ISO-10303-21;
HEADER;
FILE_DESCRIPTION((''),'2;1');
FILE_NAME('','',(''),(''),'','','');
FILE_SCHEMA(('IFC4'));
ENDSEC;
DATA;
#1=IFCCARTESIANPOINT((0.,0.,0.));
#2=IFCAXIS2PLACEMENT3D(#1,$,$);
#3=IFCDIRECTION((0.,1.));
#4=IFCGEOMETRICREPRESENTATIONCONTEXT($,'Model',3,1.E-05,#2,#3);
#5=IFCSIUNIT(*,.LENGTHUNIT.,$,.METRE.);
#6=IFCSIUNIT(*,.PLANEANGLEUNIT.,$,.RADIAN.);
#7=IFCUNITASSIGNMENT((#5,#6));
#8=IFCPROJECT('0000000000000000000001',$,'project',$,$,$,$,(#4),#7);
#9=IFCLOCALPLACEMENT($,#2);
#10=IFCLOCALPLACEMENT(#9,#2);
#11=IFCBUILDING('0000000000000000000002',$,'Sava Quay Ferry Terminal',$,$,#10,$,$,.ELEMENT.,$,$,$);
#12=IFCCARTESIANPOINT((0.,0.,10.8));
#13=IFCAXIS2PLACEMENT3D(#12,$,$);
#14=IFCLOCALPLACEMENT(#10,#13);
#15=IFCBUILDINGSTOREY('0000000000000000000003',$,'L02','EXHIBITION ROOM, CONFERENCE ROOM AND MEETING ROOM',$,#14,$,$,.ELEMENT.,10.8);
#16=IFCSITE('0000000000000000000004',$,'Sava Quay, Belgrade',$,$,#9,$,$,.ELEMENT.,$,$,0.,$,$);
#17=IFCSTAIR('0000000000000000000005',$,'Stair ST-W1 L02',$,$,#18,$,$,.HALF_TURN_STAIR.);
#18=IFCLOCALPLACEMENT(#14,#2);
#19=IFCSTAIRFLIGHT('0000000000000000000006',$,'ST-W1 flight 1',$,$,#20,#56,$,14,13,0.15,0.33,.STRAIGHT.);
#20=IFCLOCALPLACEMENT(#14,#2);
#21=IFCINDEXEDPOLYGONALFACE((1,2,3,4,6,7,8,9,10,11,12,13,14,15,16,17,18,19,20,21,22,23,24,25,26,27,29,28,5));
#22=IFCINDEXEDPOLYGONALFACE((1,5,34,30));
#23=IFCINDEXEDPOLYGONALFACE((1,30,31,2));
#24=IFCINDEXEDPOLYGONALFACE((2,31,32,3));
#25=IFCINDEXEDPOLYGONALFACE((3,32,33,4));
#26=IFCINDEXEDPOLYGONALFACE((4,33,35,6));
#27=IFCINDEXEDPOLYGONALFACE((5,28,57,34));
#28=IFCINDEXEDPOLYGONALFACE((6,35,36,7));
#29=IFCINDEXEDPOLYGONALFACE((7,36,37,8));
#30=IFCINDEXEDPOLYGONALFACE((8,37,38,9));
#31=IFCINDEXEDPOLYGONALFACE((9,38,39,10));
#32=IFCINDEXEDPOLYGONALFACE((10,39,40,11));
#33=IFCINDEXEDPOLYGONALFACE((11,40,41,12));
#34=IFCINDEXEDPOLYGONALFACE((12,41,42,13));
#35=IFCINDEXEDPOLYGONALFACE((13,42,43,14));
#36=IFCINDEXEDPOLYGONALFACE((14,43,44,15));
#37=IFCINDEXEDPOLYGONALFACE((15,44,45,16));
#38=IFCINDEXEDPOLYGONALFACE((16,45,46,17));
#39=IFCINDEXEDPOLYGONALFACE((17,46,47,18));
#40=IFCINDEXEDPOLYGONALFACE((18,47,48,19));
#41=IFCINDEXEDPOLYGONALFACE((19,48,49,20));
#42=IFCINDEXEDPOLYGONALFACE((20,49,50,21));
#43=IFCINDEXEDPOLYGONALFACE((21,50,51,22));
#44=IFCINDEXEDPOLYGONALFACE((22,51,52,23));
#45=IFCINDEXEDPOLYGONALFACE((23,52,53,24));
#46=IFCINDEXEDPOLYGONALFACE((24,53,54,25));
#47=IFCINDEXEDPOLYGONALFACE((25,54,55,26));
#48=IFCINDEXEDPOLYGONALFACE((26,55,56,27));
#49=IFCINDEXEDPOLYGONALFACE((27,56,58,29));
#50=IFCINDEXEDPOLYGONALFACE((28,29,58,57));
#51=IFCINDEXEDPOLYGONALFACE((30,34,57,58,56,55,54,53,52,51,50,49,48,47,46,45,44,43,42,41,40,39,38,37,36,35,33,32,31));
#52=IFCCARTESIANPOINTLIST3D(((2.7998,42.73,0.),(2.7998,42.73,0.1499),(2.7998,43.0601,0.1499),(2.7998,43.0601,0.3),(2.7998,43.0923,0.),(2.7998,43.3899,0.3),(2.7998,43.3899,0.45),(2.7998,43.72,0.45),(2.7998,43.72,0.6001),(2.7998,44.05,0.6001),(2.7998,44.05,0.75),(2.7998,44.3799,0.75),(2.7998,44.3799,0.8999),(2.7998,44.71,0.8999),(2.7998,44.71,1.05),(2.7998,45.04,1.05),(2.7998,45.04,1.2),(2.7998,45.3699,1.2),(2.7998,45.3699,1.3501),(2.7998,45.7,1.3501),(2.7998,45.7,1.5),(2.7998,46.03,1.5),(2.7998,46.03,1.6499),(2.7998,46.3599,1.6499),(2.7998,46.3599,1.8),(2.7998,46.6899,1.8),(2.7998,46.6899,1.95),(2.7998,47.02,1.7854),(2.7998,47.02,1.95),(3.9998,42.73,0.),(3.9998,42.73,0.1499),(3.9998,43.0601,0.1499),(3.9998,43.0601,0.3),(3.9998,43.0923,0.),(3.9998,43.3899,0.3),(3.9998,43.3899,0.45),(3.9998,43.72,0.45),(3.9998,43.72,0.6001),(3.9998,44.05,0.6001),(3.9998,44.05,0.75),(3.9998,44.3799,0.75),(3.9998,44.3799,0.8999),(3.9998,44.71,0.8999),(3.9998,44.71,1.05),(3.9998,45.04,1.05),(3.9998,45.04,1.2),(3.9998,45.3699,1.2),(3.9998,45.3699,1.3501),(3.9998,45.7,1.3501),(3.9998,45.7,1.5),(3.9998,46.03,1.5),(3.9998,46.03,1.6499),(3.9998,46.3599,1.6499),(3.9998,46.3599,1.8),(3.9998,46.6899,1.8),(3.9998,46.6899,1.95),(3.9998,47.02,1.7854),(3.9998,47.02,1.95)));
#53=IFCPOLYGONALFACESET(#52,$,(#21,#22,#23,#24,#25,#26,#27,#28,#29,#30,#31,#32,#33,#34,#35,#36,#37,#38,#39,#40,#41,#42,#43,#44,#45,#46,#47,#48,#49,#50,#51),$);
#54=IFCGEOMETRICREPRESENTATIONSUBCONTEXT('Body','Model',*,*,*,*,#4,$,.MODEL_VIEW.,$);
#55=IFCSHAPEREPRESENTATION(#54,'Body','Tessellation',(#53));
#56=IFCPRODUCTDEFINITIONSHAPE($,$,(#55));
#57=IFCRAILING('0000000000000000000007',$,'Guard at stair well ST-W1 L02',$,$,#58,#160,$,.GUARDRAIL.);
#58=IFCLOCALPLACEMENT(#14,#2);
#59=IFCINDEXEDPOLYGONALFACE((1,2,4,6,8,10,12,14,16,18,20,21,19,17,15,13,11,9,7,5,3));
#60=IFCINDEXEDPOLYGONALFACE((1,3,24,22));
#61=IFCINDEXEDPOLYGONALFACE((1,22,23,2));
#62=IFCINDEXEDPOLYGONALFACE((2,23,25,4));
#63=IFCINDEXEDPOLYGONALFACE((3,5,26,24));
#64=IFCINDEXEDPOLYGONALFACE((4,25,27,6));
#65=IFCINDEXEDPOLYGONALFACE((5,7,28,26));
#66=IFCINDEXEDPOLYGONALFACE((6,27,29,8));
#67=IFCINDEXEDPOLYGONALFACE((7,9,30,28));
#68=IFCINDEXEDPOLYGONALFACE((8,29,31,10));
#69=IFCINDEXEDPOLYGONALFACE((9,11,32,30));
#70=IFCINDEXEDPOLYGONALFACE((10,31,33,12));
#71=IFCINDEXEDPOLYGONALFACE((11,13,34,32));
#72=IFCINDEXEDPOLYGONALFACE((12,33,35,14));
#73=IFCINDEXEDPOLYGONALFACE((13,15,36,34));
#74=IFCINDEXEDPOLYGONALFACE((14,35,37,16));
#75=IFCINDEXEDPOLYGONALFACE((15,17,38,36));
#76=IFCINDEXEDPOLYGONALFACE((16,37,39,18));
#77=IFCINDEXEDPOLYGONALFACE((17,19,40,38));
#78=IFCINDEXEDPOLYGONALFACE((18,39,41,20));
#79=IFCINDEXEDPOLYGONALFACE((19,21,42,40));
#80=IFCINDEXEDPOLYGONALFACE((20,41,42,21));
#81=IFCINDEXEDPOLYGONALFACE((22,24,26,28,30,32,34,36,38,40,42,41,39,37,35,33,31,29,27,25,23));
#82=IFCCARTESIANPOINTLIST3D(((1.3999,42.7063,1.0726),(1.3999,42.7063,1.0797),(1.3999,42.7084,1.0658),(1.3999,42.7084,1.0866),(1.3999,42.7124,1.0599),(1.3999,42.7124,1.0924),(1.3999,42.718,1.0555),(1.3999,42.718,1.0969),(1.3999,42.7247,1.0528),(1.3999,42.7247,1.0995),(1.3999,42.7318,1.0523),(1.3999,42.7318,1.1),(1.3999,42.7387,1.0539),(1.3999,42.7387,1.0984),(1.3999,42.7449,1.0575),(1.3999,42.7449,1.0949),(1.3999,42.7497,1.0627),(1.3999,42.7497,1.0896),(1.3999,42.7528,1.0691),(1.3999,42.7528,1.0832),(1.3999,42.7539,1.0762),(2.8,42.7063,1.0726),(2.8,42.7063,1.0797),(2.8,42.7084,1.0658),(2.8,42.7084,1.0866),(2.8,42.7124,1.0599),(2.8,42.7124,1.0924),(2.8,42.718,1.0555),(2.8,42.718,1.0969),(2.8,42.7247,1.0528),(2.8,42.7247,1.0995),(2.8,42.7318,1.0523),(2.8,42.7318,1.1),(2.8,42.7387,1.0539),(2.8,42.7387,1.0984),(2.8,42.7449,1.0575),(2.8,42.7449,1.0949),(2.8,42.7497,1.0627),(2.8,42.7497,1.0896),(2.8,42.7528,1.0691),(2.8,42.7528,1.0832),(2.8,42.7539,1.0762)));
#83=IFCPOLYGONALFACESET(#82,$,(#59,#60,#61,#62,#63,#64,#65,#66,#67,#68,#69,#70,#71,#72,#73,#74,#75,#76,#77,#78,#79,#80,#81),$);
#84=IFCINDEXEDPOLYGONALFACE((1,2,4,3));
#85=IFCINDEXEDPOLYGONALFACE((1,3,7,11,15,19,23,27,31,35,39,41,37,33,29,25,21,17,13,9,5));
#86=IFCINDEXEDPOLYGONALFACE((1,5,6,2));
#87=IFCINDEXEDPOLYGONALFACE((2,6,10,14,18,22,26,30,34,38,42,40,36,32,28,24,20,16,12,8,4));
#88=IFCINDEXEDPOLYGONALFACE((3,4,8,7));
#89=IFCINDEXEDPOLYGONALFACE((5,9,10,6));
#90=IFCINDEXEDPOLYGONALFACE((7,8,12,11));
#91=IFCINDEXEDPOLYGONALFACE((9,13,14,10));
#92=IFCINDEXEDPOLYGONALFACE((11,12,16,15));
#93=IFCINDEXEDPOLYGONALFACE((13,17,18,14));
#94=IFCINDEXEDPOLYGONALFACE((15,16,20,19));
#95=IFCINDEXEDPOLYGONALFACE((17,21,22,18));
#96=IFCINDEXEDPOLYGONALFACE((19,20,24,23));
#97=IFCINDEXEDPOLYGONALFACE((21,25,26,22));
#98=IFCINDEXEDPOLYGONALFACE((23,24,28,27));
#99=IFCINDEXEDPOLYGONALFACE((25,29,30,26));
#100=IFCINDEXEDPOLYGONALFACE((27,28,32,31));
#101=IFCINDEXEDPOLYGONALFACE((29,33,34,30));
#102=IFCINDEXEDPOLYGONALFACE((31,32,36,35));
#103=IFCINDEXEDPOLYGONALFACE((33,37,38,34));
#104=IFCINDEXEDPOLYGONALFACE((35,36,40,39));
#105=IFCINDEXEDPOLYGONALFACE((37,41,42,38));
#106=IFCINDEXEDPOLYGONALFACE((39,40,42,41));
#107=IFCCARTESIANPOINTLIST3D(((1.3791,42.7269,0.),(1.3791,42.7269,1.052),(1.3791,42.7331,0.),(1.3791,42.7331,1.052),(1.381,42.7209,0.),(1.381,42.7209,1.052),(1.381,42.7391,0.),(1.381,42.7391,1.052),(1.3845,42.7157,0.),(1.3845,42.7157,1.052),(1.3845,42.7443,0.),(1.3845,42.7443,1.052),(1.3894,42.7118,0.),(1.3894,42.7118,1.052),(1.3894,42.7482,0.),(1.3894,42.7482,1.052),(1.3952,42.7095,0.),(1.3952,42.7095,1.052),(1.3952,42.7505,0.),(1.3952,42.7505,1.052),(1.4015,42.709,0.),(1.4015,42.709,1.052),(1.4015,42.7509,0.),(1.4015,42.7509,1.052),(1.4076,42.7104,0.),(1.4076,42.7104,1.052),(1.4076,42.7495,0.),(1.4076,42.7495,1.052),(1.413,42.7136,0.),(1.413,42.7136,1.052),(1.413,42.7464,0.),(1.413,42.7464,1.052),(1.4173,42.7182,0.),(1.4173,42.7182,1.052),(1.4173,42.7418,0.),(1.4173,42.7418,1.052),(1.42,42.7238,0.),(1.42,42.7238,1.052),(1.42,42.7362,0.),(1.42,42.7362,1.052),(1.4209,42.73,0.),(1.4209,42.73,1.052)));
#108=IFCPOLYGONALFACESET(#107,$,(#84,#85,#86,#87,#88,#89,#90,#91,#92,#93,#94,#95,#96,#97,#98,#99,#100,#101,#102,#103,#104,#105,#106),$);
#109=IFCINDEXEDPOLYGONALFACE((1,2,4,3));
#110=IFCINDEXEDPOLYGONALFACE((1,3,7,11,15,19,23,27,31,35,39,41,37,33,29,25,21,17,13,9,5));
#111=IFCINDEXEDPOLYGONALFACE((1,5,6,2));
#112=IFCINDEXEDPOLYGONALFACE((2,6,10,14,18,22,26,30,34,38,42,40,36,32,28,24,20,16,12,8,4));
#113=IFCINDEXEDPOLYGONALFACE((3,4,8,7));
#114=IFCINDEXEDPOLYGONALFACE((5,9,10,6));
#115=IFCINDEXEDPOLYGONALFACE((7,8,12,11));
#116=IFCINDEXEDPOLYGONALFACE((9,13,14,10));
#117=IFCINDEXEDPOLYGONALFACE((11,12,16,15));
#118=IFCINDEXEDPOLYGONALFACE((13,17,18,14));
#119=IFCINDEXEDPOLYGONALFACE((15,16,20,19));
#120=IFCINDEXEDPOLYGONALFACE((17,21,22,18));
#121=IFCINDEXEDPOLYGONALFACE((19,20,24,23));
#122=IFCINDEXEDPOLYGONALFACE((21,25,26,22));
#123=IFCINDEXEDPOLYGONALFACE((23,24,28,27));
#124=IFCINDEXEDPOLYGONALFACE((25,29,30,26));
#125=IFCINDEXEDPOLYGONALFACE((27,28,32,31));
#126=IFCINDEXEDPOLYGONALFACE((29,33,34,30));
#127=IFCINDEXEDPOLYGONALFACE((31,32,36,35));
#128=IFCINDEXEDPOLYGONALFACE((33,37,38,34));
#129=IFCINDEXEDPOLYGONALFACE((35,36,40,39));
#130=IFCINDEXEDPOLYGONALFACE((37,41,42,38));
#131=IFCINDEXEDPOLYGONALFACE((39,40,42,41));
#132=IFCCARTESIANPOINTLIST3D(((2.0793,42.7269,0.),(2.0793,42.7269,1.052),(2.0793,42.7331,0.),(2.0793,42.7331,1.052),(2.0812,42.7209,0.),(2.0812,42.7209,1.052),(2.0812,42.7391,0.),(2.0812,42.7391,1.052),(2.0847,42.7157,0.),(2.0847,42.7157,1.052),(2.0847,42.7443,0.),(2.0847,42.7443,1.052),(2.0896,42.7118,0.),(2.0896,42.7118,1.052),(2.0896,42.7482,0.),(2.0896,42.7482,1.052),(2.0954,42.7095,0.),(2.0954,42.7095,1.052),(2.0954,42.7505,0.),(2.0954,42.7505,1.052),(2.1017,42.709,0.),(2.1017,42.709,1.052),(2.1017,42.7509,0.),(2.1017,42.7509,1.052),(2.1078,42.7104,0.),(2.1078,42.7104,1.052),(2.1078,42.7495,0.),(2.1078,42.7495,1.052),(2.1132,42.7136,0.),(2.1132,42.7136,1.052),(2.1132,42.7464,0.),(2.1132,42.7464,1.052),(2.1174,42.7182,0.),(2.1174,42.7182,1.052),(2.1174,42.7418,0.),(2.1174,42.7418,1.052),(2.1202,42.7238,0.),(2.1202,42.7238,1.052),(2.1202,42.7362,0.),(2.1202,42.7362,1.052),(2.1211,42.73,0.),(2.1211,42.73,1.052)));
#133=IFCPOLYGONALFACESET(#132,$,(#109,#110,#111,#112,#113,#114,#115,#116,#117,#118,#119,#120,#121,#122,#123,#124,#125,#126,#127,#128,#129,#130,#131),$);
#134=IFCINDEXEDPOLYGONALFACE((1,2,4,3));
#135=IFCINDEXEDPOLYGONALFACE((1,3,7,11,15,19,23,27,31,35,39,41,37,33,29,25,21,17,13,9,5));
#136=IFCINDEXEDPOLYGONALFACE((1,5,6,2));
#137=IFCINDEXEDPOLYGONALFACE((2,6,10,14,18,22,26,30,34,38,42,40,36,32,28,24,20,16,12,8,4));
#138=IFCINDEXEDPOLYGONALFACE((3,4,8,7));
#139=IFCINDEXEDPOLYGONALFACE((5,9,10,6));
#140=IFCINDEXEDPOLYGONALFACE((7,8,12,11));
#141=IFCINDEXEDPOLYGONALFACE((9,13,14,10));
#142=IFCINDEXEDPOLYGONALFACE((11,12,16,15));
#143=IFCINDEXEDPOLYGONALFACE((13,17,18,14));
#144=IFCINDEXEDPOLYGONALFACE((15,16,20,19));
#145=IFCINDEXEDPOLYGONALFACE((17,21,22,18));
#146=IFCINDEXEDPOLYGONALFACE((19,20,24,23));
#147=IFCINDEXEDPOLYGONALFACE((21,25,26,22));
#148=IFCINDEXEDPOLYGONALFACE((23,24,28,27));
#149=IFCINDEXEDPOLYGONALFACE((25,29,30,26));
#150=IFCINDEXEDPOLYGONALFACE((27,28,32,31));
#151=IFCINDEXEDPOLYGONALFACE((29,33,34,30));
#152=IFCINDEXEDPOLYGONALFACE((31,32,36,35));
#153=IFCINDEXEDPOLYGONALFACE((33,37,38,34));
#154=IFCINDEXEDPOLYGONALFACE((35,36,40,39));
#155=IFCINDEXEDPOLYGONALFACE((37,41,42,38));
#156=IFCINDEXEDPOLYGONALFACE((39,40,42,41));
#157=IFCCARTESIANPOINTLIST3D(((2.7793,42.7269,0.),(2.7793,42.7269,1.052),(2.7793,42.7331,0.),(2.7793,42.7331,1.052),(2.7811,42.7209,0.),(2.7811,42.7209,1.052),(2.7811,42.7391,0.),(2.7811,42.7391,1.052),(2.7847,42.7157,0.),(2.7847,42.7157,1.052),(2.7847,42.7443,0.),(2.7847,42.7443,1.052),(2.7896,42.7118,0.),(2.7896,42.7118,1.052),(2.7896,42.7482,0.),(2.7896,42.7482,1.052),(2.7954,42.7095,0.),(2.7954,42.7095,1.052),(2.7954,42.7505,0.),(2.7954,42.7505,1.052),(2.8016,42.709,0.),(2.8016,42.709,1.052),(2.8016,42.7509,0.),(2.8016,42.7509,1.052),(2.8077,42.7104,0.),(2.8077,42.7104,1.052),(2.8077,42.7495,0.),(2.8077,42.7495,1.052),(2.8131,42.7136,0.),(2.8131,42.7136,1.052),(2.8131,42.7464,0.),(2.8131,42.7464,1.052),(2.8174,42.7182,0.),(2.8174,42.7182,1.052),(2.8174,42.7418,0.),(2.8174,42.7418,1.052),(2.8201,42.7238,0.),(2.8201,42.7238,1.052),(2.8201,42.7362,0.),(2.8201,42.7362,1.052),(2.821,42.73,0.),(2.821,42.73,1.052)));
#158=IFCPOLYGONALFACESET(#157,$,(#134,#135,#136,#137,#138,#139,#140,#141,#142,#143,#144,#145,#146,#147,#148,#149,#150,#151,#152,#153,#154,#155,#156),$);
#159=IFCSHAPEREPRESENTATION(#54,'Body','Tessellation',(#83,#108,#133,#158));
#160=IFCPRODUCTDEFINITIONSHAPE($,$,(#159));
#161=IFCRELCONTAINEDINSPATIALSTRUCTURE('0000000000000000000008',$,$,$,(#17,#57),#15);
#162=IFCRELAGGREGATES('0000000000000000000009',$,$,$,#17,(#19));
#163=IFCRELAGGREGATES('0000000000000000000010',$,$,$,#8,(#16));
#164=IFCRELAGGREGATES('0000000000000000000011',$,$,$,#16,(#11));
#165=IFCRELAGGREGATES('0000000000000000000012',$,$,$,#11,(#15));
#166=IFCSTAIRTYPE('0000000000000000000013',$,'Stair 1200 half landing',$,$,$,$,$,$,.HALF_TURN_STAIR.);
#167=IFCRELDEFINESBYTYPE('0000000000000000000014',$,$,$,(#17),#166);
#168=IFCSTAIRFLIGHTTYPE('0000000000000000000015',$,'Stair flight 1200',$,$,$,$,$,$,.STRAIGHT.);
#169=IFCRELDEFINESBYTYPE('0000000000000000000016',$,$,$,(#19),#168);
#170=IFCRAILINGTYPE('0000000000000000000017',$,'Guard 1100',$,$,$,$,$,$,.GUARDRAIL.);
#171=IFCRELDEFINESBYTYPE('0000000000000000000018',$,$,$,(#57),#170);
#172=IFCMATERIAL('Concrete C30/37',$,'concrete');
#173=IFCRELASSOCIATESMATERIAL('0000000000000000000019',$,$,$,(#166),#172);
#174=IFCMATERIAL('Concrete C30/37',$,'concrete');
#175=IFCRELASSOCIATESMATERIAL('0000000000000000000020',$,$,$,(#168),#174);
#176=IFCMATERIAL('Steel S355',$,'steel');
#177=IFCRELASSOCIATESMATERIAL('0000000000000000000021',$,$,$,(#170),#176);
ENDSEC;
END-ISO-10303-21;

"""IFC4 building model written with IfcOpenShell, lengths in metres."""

from ifc_helpers import new_model, si_unit, direction, frame, origin, origin_2d, place, context, subcontext, project, spatial, polyline, circle, outline, extrude, material, type_object, element, aggregate, save


model = new_model("IFC4")

# Units and contexts
model_context = context("Model", 3, precision=1e-05, world=origin(), true_north=direction((0.0, 1.0)))
body_context = subcontext(model_context, "Body", "Model", "MODEL_VIEW")
ifc_project = project(units=[si_unit("LENGTHUNIT", "METRE"), si_unit("PLANEANGLEUNIT", "RADIAN")], contexts=[model_context])

# Site, building, storey
site_placement = place(None, origin())
site = spatial("IfcSite", under=ifc_project, at=site_placement, Name="Sava Quay, Belgrade", CompositionType="ELEMENT", RefElevation=0.0)
building_placement = place(site_placement, origin())
building = spatial("IfcBuilding", under=site, at=building_placement, Name="Sava Quay Ferry Terminal", CompositionType="ELEMENT")
storey_placement = place(building_placement, frame((0.0, 0.0, 10.8)))
storey = spatial("IfcBuildingStorey", under=building, at=storey_placement, Name="L02", Description="EXHIBITION ROOM, CONFERENCE ROOM AND MEETING ROOM", CompositionType="ELEMENT", Elevation=10.8)

# Stair, stair flight
ifc_material_1 = material(Name="Concrete C30/37", Category="concrete")
stair_type = type_object("IfcStairType", Name="Stair 1200 half landing", PredefinedType="HALF_TURN_STAIR", material=ifc_material_1)
stair_placement = place(storey_placement, origin())
stair = element("IfcStair", 1, at=stair_placement, inside=storey, type_object=stair_type, Name="Stair ST-W1 L02", PredefinedType="HALF_TURN_STAIR")
ifc_material_2 = material(Name="Concrete C30/37", Category="concrete")
stair_flight_type = type_object("IfcStairFlightType", Name="Stair flight 1200", PredefinedType="STRAIGHT", material=ifc_material_2)
stair_flight_placement = place(storey_placement, frame((3.3999, 42.73, 0.0), z_axis=(0.0, 0.0, 1.0), x_axis=(0.0, 1.0, 0.0)))
stair_flight = element("IfcStairFlight", 2, at=stair_flight_placement, type_object=stair_flight_type, Name="ST-W1 flight 1", NumberOfRisers=14, NumberOfTreads=13, PredefinedType="STRAIGHT", RiserHeight=0.15, TreadLength=0.33, context=body_context, shape_type="SweptSolid", body=[
    extrude(outline(polyline([(0.0, 0.0), (0.0, 0.1499), (0.3301, 0.1499), (0.3301, 0.3), (0.6599, 0.3), (0.6599, 0.45), (0.99, 0.45), (0.99, 0.6001), (1.3201, 0.6001), (1.3201, 0.75), (1.6499, 0.75), (1.6499, 0.8999), (1.98, 0.8999), (1.98, 1.05), (2.3101, 1.05), (2.3101, 1.2), (2.6399, 1.2), (2.6399, 1.3501), (2.97, 1.3501), (2.97, 1.5), (3.3, 1.5), (3.3, 1.6499), (3.6299, 1.6499), (3.6299, 1.8), (3.96, 1.8), (3.96, 1.95), (4.29, 1.95), (4.29, 2.1001), (4.29, 1.7854), (0.3623, 0.0), (0.0, 0.0)])), frame((0.0, 0.6001, 0.0), z_axis=(0.0, -1.0, 0.0), x_axis=(1.0, 0.0, 0.0)), (0.0, 0.0, 1.0), 1.2),
])
aggregate(stair, [stair_flight])

# Railing
ifc_material_3 = material(Name="Steel S355", Category="steel")
railing_type_1 = type_object("IfcRailingType", Name="Guard 1100", PredefinedType="GUARDRAIL", material=ifc_material_3)
railing_1_placement = place(storey_placement, frame((1.3999, 42.73, 0.0)))
element("IfcRailing", 3, at=railing_1_placement, inside=storey, type_object=railing_type_1, Name="Guard at stair well ST-W1 L02", PredefinedType="GUARDRAIL", context=body_context, shape_type="SweptSolid", body=[
    extrude(circle(Radius=0.0239, at=origin_2d()), frame((0.0, 0.0, 1.0762), z_axis=(1.0, 0.0, 0.0), x_axis=(0.0, 1.0, 0.0)), (0.0, 0.0, 1.0), 1.4001),
    extrude(circle(Radius=0.021, at=origin_2d()), origin(), (0.0, 0.0, 1.0), 1.052),
    extrude(circle(Radius=0.021, at=origin_2d()), frame((0.7002, 0.0, 0.0)), (0.0, 0.0, 1.0), 1.052),
    extrude(circle(Radius=0.021, at=origin_2d()), frame((1.4001, 0.0, 0.0)), (0.0, 0.0, 1.0), 1.052),
])

save(model, "model.ifc")
